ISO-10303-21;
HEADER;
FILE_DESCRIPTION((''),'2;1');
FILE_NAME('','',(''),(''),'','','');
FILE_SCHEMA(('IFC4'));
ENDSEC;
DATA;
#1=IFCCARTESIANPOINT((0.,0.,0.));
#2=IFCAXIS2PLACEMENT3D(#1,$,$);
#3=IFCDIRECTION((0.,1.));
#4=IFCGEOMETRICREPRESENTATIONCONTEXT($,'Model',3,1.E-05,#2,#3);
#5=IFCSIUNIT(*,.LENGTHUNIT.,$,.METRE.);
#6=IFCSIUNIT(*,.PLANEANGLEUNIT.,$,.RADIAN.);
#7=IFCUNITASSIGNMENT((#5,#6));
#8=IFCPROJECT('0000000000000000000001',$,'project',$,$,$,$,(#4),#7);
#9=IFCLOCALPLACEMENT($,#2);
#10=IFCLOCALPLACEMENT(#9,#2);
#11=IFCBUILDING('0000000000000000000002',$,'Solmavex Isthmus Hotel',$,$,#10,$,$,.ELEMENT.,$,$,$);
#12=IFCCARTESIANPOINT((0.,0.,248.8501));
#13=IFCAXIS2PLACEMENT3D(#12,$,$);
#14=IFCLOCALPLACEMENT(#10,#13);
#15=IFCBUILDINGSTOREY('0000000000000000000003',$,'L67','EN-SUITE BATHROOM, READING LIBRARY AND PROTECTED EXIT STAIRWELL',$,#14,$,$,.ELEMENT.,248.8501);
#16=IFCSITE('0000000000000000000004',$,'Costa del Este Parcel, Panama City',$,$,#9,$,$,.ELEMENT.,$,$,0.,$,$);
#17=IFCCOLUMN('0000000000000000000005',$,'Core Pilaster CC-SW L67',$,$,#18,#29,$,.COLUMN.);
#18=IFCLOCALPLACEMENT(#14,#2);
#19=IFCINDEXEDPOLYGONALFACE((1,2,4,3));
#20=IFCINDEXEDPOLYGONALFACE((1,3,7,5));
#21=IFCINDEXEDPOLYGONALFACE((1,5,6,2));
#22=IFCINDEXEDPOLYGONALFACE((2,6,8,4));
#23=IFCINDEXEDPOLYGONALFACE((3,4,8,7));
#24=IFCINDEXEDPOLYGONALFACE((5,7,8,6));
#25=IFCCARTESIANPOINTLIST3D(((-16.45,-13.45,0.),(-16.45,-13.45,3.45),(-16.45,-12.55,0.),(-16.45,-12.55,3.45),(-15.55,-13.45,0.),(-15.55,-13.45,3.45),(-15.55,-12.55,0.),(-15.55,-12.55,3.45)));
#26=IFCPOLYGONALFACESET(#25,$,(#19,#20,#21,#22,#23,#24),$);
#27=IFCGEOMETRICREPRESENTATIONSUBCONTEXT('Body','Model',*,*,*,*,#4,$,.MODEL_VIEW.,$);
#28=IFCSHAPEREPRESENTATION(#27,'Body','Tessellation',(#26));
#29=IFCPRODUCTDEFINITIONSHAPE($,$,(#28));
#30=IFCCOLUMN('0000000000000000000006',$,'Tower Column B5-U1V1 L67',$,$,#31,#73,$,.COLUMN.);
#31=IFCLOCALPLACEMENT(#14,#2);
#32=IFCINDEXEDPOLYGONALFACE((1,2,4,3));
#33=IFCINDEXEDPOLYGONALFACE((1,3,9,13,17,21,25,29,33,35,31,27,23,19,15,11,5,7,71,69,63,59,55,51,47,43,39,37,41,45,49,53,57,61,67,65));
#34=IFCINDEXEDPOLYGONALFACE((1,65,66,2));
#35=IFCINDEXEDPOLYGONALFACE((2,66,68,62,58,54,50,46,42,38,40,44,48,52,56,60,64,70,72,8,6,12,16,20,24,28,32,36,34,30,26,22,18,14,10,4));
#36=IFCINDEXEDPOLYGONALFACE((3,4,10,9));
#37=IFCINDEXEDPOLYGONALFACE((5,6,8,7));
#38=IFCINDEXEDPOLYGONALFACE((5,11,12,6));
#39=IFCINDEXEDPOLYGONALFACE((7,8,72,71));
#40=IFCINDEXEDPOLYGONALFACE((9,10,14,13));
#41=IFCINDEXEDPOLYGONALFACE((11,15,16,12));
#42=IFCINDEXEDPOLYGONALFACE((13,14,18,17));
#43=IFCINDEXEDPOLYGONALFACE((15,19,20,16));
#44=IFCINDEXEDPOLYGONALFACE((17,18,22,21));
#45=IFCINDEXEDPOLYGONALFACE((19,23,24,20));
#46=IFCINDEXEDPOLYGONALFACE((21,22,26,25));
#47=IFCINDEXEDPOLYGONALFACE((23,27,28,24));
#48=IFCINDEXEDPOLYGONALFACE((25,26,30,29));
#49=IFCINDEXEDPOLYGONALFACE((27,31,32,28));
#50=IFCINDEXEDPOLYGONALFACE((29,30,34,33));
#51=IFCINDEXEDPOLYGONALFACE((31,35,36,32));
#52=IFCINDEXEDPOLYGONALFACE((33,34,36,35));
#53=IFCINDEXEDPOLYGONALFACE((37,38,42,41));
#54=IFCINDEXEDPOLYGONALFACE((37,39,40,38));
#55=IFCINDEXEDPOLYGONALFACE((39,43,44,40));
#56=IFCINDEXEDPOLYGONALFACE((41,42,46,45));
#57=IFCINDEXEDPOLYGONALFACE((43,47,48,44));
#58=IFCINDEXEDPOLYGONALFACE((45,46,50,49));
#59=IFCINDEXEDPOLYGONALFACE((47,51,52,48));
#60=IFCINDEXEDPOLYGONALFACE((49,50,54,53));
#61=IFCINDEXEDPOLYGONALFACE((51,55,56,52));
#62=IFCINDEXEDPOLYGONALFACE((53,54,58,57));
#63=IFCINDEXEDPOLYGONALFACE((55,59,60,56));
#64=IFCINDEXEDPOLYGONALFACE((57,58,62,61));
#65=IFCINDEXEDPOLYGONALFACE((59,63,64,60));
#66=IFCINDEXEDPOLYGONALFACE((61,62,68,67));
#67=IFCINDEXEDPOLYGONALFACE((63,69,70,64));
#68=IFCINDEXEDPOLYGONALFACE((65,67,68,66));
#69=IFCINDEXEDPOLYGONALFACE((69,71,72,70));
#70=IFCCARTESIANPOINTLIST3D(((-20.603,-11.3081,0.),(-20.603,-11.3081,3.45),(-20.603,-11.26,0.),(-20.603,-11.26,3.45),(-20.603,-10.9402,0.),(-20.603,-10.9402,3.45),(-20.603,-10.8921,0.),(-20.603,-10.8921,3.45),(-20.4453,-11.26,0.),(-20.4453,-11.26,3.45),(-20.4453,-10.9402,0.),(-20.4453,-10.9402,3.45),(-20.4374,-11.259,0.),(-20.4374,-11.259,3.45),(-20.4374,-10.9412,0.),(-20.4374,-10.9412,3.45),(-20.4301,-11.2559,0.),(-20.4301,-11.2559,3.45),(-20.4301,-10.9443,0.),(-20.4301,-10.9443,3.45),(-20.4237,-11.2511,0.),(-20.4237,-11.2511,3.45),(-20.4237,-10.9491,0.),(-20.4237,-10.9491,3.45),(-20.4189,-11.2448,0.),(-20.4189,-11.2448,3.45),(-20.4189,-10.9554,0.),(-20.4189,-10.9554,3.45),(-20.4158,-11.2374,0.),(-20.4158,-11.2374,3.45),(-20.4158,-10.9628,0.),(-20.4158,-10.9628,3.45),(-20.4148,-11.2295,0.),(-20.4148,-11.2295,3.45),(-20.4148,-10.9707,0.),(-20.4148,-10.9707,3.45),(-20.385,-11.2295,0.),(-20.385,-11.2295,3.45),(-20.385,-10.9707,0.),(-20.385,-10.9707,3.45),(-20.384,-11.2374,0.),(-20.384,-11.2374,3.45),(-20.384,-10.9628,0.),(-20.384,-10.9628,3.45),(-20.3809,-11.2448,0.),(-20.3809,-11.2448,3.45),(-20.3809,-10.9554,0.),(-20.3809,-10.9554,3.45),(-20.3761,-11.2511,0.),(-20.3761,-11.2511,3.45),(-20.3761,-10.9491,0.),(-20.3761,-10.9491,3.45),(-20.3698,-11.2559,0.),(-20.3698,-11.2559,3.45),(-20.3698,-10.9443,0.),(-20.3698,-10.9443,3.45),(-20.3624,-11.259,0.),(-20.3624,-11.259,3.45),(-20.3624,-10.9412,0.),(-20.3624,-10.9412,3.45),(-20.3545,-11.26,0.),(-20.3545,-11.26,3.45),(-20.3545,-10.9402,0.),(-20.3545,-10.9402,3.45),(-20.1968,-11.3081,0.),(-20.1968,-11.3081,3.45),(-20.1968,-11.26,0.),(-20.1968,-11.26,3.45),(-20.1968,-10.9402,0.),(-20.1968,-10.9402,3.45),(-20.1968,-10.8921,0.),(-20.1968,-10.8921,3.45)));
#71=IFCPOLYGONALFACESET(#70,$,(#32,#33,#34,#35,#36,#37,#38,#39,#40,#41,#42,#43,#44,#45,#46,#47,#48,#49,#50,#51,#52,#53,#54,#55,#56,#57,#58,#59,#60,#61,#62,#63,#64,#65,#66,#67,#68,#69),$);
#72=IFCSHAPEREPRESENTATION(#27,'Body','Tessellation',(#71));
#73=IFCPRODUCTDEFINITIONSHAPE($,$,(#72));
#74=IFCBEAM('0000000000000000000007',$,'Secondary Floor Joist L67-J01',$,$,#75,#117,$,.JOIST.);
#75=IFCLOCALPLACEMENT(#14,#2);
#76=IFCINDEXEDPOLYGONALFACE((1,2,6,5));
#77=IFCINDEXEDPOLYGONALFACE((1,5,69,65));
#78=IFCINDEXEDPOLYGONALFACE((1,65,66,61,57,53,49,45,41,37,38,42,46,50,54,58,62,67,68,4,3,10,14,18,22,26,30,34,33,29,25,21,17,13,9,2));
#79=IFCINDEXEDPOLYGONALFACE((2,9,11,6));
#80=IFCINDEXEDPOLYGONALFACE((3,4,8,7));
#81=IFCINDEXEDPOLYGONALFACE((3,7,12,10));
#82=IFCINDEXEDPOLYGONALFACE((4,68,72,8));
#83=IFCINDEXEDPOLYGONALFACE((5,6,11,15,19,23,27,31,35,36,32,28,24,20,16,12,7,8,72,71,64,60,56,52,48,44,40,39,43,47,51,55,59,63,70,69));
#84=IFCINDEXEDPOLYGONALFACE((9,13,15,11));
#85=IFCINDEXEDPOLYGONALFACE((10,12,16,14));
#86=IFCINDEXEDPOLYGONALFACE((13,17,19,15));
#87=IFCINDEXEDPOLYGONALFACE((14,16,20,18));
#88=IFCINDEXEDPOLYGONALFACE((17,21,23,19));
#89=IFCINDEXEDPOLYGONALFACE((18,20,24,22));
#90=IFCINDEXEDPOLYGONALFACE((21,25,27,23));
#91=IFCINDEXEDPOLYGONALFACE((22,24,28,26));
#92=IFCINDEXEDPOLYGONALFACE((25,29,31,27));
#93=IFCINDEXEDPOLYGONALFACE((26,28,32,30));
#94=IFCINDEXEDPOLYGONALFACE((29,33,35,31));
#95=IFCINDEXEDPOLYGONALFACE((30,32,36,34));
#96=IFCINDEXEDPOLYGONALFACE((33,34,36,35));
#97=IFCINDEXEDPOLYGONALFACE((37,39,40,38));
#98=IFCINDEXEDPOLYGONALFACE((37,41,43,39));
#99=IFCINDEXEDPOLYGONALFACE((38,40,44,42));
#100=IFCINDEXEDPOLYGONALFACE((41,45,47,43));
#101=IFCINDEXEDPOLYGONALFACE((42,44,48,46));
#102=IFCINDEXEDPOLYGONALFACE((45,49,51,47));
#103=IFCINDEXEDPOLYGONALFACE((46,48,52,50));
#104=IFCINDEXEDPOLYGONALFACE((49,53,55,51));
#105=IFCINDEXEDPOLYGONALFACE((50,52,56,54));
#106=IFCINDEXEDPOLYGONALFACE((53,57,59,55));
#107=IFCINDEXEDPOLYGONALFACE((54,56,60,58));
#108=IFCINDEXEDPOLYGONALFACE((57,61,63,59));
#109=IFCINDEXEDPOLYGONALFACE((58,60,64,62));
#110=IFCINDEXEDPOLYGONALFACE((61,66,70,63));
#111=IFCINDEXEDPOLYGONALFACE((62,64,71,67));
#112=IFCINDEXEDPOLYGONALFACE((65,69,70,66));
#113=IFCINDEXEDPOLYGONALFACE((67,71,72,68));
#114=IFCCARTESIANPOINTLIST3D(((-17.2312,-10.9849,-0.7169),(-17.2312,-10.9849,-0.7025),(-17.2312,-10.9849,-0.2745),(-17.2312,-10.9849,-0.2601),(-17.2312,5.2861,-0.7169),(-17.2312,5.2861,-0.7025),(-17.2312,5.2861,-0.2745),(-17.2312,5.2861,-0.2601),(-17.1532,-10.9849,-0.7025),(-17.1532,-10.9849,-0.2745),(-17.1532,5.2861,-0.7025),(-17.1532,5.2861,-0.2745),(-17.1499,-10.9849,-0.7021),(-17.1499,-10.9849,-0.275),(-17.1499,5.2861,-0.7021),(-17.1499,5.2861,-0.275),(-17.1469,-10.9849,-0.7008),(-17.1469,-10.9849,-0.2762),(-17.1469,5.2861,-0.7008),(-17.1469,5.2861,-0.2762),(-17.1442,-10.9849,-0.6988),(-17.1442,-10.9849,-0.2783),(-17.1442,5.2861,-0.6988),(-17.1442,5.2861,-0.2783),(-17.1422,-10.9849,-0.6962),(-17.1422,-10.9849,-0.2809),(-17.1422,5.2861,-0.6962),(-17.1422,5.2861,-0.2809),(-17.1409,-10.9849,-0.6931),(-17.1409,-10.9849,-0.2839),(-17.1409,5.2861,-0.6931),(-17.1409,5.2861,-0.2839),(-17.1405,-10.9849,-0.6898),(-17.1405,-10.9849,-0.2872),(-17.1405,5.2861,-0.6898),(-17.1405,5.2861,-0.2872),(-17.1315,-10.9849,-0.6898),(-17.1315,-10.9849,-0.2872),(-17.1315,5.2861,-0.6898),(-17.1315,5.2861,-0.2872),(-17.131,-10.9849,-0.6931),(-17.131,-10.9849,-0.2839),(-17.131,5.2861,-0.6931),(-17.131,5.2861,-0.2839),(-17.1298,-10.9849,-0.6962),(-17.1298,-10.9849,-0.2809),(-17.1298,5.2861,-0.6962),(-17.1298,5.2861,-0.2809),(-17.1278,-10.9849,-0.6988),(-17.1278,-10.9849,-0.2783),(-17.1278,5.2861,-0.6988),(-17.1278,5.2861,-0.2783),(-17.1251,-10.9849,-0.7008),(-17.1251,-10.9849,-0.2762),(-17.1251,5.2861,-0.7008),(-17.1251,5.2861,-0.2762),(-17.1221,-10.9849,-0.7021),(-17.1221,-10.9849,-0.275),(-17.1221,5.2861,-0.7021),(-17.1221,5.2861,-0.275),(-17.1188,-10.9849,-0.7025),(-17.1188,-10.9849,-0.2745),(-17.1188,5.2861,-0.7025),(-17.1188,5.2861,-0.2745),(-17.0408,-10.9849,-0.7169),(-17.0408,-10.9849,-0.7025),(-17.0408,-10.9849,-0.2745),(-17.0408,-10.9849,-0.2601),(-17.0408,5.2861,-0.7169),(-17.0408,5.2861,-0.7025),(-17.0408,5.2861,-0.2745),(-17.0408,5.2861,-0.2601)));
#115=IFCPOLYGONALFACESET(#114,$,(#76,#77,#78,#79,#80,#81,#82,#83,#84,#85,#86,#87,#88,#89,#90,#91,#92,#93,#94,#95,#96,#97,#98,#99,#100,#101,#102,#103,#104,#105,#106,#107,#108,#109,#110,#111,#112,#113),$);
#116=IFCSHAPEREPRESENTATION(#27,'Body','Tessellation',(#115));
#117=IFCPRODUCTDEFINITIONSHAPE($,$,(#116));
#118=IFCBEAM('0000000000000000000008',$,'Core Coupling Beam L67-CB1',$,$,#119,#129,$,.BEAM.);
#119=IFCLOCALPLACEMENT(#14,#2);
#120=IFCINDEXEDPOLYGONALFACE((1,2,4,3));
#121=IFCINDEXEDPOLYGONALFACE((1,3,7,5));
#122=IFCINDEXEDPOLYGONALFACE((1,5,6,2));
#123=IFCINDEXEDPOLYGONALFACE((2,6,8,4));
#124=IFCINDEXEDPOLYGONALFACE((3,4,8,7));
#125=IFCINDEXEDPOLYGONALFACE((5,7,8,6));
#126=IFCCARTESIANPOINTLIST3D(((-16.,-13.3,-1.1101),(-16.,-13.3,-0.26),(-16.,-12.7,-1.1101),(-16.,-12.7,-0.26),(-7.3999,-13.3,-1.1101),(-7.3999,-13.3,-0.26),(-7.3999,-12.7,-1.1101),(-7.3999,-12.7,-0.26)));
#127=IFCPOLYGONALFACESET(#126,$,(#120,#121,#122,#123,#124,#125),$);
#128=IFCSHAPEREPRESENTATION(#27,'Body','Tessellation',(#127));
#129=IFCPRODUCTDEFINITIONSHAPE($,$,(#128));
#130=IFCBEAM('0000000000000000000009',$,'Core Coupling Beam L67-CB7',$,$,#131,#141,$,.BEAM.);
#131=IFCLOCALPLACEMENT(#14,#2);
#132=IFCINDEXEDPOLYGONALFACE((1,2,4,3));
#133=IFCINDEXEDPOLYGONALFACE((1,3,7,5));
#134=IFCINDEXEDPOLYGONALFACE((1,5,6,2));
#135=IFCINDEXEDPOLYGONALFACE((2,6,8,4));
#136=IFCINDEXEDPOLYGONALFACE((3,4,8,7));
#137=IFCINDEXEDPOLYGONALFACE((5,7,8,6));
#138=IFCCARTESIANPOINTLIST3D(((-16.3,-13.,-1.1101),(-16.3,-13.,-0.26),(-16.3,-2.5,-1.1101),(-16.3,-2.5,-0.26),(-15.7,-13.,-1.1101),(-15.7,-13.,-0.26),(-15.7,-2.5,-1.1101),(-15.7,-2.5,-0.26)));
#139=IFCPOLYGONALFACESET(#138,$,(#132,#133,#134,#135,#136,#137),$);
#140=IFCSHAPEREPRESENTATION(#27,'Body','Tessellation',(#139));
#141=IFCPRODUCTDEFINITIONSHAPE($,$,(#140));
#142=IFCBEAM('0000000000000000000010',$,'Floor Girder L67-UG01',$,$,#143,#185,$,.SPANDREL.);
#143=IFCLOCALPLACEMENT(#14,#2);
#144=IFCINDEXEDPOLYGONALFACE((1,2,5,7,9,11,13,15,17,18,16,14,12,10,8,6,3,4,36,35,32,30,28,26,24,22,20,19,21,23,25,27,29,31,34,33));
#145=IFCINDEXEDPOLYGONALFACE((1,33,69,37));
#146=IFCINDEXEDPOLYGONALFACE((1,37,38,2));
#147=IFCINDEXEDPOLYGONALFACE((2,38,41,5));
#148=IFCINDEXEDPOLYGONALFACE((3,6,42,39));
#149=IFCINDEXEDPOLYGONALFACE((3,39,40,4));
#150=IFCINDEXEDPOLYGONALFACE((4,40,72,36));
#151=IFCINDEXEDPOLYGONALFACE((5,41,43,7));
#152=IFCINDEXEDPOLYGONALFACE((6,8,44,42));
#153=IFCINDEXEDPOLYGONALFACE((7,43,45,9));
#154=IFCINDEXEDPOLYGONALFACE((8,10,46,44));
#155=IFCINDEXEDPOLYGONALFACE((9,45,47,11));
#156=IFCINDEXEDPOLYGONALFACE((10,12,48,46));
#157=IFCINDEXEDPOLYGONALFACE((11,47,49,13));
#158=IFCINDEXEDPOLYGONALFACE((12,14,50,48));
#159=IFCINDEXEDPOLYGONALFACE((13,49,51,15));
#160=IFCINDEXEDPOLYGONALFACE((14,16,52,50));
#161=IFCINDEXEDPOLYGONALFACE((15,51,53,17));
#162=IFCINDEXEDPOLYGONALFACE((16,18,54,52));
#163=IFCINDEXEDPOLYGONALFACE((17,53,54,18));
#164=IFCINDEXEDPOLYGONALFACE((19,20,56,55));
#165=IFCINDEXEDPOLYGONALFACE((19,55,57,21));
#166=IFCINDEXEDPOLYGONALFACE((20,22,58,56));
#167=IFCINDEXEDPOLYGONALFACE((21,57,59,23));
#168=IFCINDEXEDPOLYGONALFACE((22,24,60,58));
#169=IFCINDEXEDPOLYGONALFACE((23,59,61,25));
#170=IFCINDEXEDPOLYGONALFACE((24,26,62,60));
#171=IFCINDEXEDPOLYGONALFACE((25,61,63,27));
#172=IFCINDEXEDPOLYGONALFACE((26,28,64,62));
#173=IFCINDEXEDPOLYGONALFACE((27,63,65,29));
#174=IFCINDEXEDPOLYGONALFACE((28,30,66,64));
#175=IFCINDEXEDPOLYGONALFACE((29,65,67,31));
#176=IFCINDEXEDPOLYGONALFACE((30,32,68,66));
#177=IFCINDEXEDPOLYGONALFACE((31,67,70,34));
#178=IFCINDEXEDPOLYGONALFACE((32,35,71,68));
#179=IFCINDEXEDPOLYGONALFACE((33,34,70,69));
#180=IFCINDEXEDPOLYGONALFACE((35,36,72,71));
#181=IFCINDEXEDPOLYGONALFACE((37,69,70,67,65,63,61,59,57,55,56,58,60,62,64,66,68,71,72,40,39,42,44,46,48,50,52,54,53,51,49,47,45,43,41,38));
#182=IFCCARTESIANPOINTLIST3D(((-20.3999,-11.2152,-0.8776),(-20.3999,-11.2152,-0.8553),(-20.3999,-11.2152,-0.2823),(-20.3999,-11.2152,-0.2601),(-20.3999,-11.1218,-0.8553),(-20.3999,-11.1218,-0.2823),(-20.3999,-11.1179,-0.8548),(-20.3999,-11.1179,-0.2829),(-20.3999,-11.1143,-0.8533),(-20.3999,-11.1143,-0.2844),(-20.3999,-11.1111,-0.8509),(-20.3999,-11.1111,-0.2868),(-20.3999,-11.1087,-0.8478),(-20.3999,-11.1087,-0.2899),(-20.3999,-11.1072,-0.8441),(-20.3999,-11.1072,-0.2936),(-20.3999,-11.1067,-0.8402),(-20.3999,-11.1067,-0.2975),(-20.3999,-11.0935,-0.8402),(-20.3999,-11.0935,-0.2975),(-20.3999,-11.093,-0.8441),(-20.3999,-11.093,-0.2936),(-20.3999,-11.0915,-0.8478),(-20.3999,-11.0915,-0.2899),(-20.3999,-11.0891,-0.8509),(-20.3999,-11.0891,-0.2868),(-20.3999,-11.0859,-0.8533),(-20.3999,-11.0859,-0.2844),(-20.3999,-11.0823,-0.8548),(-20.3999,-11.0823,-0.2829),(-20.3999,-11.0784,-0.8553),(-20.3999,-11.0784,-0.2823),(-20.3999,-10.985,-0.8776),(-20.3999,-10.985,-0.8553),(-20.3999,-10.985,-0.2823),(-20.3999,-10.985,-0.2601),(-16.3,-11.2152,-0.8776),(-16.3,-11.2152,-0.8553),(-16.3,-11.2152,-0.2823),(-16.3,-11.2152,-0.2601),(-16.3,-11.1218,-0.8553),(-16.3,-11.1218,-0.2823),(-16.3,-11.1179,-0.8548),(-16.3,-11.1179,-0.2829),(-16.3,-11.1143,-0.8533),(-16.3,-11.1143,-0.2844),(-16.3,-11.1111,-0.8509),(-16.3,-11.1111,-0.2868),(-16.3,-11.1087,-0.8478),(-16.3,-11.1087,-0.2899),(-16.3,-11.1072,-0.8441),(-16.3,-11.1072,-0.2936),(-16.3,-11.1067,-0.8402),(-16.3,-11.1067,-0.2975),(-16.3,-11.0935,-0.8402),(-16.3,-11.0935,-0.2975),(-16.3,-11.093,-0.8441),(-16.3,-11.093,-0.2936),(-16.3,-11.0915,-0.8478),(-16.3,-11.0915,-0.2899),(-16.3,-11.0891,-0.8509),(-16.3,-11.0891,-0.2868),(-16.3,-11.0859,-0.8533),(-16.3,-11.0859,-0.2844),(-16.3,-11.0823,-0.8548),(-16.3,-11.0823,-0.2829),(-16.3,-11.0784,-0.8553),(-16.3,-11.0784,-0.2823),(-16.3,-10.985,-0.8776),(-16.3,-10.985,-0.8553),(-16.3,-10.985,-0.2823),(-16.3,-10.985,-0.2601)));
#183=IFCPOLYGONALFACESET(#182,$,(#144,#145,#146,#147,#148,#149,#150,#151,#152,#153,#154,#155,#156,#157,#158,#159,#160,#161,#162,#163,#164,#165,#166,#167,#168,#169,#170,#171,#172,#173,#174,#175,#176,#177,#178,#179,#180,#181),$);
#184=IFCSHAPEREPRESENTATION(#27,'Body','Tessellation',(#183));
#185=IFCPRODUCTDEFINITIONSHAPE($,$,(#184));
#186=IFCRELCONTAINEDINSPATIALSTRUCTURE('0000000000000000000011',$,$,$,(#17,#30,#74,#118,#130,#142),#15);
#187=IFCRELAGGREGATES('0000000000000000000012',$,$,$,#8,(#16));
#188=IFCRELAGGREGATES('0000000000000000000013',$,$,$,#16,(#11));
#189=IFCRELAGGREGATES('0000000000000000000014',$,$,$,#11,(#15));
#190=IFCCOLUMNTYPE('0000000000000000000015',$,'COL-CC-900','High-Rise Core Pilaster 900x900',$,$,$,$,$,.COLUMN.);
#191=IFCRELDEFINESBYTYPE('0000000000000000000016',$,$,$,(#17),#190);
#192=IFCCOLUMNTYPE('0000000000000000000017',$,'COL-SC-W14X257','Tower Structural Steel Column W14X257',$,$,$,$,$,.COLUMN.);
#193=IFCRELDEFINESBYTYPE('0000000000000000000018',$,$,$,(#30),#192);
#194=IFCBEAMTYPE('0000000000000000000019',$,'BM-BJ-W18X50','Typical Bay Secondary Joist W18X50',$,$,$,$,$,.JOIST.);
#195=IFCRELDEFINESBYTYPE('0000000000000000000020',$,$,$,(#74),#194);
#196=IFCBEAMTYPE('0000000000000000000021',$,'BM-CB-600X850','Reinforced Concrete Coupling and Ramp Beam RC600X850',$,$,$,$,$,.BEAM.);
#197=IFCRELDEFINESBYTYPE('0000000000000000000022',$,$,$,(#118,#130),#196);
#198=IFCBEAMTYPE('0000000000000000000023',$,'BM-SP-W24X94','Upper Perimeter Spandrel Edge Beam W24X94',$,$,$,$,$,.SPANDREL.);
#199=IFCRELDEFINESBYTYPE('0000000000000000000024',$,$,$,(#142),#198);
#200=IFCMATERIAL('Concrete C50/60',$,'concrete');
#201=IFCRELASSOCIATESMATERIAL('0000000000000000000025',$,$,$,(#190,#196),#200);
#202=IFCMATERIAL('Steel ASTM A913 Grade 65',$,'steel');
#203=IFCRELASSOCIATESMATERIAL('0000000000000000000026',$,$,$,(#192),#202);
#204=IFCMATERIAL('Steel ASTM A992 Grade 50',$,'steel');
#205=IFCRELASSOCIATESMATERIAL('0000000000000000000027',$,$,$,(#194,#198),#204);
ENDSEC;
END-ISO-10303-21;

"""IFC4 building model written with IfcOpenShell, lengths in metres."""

from ifc_helpers import new_model, si_unit, direction, frame, origin, origin_2d, place, context, subcontext, project, spatial, rectangle, i_section, extrude, material, material_profile, profile_set, type_object, element, save


model = new_model("IFC4")

# Units and contexts
model_context = context("Model", 3, precision=1e-05, world=origin(), true_north=direction((0.0, 1.0)))
body_context = subcontext(model_context, "Body", "Model", "MODEL_VIEW")
ifc_project = project(units=[si_unit("LENGTHUNIT", "METRE"), si_unit("PLANEANGLEUNIT", "RADIAN")], contexts=[model_context])

# Site, building, storey
site_placement = place(None, origin())
site = spatial("IfcSite", under=ifc_project, at=site_placement, Name="Costa del Este Parcel, Panama City", CompositionType="ELEMENT", RefElevation=0.0)
building_placement = place(site_placement, origin())
building = spatial("IfcBuilding", under=site, at=building_placement, Name="Solmavex Isthmus Hotel", CompositionType="ELEMENT")
storey_placement = place(building_placement, frame((0.0, 0.0, 248.8501)))
storey = spatial("IfcBuildingStorey", under=building, at=storey_placement, Name="L67", Description="EN-SUITE BATHROOM, READING LIBRARY AND PROTECTED EXIT STAIRWELL", CompositionType="ELEMENT", Elevation=248.8501)

# Columns
ifc_material_1 = material(Name="Concrete C50/60", Category="concrete")
ifc_material_profile_1 = material_profile(ifc_material_1, rectangle(XDim=0.8999, YDim=0.8999, at=origin_2d()), Name="RC900X900")
ifc_profile_set_1 = profile_set([ifc_material_profile_1], Name="Concrete C50/60")
column_type_1 = type_object("IfcColumnType", Name="COL-CC-900", Description="High-Rise Core Pilaster 900x900", PredefinedType="COLUMN", material=ifc_profile_set_1)
column_1_placement = place(storey_placement, frame((-16.0, -13.0, 0.0), z_axis=(0.0, 0.0, 1.0), x_axis=(1.0, 0.0, 0.0)))
element("IfcColumn", 1, at=column_1_placement, inside=storey, type_object=column_type_1, Name="Core Pilaster CC-SW L67", PredefinedType="COLUMN", context=body_context, shape_type="SweptSolid", body=[
    extrude(rectangle(XDim=0.8999, YDim=0.8999, at=origin_2d()), origin(), (0.0, 0.0, 1.0), 3.45),
])
ifc_material_2 = material(Name="Steel ASTM A913 Grade 65", Category="steel")
ifc_material_profile_2 = material_profile(ifc_material_2, i_section(OverallWidth=0.4062, OverallDepth=0.416, WebThickness=0.0298, FlangeThickness=0.0481, FilletRadius=0.0305, at=origin_2d()), Name="W14X257")
ifc_profile_set_2 = profile_set([ifc_material_profile_2], Name="Steel ASTM A913 Grade 65")
column_type_2 = type_object("IfcColumnType", Name="COL-SC-W14X257", Description="Tower Structural Steel Column W14X257", PredefinedType="COLUMN", material=ifc_profile_set_2)
column_2_placement = place(storey_placement, frame((-20.3999, -11.1001, 0.0), z_axis=(0.0, 0.0, 1.0), x_axis=(1.0, 0.0, 0.0)))
element("IfcColumn", 2, at=column_2_placement, inside=storey, type_object=column_type_2, Name="Tower Column B5-U1V1 L67", PredefinedType="COLUMN", context=body_context, shape_type="SweptSolid", body=[
    extrude(i_section(OverallWidth=0.4062, OverallDepth=0.416, WebThickness=0.0298, FlangeThickness=0.0481, FilletRadius=0.0305, at=origin_2d()), origin(), (0.0, 0.0, 1.0), 3.45),
])

# Beams
ifc_material_3 = material(Name="Steel ASTM A992 Grade 50", Category="steel")
ifc_material_profile_3 = material_profile(ifc_material_3, i_section(OverallWidth=0.1904, OverallDepth=0.4568, WebThickness=0.009, FlangeThickness=0.0144, FilletRadius=0.0127, at=origin_2d()), Name="W18X50")
ifc_profile_set_3 = profile_set([ifc_material_profile_3], Name="Steel ASTM A992 Grade 50")
beam_type_1 = type_object("IfcBeamType", Name="BM-BJ-W18X50", Description="Typical Bay Secondary Joist W18X50", PredefinedType="JOIST", material=ifc_profile_set_3)
beam_1_placement = place(storey_placement, frame((-17.136, -10.9849, -0.4885), z_axis=(0.0, 1.0, 0.0), x_axis=(-1.0, 0.0, 0.0)))
element("IfcBeam", 3, at=beam_1_placement, inside=storey, type_object=beam_type_1, Name="Secondary Floor Joist L67-J01", PredefinedType="JOIST", context=body_context, shape_type="SweptSolid", body=[
    extrude(i_section(OverallWidth=0.1904, OverallDepth=0.4568, WebThickness=0.009, FlangeThickness=0.0144, FilletRadius=0.0127, at=origin_2d()), origin(), (0.0, 0.0, 1.0), 16.271),
])
ifc_material_profile_4 = material_profile(ifc_material_1, rectangle(XDim=0.6001, YDim=0.8501, at=origin_2d()), Name="RC600X850")
ifc_profile_set_4 = profile_set([ifc_material_profile_4], Name="Concrete C50/60")
beam_type_2 = type_object("IfcBeamType", Name="BM-CB-600X850", Description="Reinforced Concrete Coupling and Ramp Beam RC600X850", PredefinedType="BEAM", material=ifc_profile_set_4)
beam_2_placement = place(storey_placement, frame((-16.0, -13.0, -0.6851), z_axis=(1.0, 0.0, 0.0), x_axis=(0.0, 1.0, 0.0)))
element("IfcBeam", 4, at=beam_2_placement, inside=storey, type_object=beam_type_2, Name="Core Coupling Beam L67-CB1", PredefinedType="BEAM", context=body_context, shape_type="SweptSolid", body=[
    extrude(rectangle(XDim=0.6001, YDim=0.8501, at=origin_2d()), origin(), (0.0, 0.0, 1.0), 8.6001),
])
beam_3_placement = place(storey_placement, frame((-16.0, -13.0, -0.6851), z_axis=(0.0, 1.0, 0.0), x_axis=(-1.0, 0.0, 0.0)))
element("IfcBeam", 5, at=beam_3_placement, inside=storey, type_object=beam_type_2, Name="Core Coupling Beam L67-CB7", PredefinedType="BEAM", context=body_context, shape_type="SweptSolid", body=[
    extrude(rectangle(XDim=0.6001, YDim=0.8501, at=origin_2d()), origin(), (0.0, 0.0, 1.0), 10.5),
])
ifc_material_profile_5 = material_profile(ifc_material_3, i_section(OverallWidth=0.2302, OverallDepth=0.6174, WebThickness=0.0132, FlangeThickness=0.0222, FilletRadius=0.0151, at=origin_2d()), Name="W24X94")
ifc_profile_set_5 = profile_set([ifc_material_profile_5], Name="Steel ASTM A992 Grade 50")
beam_type_3 = type_object("IfcBeamType", Name="BM-SP-W24X94", Description="Upper Perimeter Spandrel Edge Beam W24X94", PredefinedType="SPANDREL", material=ifc_profile_set_5)
beam_4_placement = place(storey_placement, frame((-20.3999, -11.1001, -0.5688), z_axis=(1.0, 0.0, 0.0), x_axis=(0.0, 1.0, 0.0)))
element("IfcBeam", 6, at=beam_4_placement, inside=storey, type_object=beam_type_3, Name="Floor Girder L67-UG01", PredefinedType="SPANDREL", context=body_context, shape_type="SweptSolid", body=[
    extrude(i_section(OverallWidth=0.2302, OverallDepth=0.6174, WebThickness=0.0132, FlangeThickness=0.0222, FilletRadius=0.0151, at=origin_2d()), origin(), (0.0, 0.0, 1.0), 4.0999),
])

save(model, "model.ifc")
